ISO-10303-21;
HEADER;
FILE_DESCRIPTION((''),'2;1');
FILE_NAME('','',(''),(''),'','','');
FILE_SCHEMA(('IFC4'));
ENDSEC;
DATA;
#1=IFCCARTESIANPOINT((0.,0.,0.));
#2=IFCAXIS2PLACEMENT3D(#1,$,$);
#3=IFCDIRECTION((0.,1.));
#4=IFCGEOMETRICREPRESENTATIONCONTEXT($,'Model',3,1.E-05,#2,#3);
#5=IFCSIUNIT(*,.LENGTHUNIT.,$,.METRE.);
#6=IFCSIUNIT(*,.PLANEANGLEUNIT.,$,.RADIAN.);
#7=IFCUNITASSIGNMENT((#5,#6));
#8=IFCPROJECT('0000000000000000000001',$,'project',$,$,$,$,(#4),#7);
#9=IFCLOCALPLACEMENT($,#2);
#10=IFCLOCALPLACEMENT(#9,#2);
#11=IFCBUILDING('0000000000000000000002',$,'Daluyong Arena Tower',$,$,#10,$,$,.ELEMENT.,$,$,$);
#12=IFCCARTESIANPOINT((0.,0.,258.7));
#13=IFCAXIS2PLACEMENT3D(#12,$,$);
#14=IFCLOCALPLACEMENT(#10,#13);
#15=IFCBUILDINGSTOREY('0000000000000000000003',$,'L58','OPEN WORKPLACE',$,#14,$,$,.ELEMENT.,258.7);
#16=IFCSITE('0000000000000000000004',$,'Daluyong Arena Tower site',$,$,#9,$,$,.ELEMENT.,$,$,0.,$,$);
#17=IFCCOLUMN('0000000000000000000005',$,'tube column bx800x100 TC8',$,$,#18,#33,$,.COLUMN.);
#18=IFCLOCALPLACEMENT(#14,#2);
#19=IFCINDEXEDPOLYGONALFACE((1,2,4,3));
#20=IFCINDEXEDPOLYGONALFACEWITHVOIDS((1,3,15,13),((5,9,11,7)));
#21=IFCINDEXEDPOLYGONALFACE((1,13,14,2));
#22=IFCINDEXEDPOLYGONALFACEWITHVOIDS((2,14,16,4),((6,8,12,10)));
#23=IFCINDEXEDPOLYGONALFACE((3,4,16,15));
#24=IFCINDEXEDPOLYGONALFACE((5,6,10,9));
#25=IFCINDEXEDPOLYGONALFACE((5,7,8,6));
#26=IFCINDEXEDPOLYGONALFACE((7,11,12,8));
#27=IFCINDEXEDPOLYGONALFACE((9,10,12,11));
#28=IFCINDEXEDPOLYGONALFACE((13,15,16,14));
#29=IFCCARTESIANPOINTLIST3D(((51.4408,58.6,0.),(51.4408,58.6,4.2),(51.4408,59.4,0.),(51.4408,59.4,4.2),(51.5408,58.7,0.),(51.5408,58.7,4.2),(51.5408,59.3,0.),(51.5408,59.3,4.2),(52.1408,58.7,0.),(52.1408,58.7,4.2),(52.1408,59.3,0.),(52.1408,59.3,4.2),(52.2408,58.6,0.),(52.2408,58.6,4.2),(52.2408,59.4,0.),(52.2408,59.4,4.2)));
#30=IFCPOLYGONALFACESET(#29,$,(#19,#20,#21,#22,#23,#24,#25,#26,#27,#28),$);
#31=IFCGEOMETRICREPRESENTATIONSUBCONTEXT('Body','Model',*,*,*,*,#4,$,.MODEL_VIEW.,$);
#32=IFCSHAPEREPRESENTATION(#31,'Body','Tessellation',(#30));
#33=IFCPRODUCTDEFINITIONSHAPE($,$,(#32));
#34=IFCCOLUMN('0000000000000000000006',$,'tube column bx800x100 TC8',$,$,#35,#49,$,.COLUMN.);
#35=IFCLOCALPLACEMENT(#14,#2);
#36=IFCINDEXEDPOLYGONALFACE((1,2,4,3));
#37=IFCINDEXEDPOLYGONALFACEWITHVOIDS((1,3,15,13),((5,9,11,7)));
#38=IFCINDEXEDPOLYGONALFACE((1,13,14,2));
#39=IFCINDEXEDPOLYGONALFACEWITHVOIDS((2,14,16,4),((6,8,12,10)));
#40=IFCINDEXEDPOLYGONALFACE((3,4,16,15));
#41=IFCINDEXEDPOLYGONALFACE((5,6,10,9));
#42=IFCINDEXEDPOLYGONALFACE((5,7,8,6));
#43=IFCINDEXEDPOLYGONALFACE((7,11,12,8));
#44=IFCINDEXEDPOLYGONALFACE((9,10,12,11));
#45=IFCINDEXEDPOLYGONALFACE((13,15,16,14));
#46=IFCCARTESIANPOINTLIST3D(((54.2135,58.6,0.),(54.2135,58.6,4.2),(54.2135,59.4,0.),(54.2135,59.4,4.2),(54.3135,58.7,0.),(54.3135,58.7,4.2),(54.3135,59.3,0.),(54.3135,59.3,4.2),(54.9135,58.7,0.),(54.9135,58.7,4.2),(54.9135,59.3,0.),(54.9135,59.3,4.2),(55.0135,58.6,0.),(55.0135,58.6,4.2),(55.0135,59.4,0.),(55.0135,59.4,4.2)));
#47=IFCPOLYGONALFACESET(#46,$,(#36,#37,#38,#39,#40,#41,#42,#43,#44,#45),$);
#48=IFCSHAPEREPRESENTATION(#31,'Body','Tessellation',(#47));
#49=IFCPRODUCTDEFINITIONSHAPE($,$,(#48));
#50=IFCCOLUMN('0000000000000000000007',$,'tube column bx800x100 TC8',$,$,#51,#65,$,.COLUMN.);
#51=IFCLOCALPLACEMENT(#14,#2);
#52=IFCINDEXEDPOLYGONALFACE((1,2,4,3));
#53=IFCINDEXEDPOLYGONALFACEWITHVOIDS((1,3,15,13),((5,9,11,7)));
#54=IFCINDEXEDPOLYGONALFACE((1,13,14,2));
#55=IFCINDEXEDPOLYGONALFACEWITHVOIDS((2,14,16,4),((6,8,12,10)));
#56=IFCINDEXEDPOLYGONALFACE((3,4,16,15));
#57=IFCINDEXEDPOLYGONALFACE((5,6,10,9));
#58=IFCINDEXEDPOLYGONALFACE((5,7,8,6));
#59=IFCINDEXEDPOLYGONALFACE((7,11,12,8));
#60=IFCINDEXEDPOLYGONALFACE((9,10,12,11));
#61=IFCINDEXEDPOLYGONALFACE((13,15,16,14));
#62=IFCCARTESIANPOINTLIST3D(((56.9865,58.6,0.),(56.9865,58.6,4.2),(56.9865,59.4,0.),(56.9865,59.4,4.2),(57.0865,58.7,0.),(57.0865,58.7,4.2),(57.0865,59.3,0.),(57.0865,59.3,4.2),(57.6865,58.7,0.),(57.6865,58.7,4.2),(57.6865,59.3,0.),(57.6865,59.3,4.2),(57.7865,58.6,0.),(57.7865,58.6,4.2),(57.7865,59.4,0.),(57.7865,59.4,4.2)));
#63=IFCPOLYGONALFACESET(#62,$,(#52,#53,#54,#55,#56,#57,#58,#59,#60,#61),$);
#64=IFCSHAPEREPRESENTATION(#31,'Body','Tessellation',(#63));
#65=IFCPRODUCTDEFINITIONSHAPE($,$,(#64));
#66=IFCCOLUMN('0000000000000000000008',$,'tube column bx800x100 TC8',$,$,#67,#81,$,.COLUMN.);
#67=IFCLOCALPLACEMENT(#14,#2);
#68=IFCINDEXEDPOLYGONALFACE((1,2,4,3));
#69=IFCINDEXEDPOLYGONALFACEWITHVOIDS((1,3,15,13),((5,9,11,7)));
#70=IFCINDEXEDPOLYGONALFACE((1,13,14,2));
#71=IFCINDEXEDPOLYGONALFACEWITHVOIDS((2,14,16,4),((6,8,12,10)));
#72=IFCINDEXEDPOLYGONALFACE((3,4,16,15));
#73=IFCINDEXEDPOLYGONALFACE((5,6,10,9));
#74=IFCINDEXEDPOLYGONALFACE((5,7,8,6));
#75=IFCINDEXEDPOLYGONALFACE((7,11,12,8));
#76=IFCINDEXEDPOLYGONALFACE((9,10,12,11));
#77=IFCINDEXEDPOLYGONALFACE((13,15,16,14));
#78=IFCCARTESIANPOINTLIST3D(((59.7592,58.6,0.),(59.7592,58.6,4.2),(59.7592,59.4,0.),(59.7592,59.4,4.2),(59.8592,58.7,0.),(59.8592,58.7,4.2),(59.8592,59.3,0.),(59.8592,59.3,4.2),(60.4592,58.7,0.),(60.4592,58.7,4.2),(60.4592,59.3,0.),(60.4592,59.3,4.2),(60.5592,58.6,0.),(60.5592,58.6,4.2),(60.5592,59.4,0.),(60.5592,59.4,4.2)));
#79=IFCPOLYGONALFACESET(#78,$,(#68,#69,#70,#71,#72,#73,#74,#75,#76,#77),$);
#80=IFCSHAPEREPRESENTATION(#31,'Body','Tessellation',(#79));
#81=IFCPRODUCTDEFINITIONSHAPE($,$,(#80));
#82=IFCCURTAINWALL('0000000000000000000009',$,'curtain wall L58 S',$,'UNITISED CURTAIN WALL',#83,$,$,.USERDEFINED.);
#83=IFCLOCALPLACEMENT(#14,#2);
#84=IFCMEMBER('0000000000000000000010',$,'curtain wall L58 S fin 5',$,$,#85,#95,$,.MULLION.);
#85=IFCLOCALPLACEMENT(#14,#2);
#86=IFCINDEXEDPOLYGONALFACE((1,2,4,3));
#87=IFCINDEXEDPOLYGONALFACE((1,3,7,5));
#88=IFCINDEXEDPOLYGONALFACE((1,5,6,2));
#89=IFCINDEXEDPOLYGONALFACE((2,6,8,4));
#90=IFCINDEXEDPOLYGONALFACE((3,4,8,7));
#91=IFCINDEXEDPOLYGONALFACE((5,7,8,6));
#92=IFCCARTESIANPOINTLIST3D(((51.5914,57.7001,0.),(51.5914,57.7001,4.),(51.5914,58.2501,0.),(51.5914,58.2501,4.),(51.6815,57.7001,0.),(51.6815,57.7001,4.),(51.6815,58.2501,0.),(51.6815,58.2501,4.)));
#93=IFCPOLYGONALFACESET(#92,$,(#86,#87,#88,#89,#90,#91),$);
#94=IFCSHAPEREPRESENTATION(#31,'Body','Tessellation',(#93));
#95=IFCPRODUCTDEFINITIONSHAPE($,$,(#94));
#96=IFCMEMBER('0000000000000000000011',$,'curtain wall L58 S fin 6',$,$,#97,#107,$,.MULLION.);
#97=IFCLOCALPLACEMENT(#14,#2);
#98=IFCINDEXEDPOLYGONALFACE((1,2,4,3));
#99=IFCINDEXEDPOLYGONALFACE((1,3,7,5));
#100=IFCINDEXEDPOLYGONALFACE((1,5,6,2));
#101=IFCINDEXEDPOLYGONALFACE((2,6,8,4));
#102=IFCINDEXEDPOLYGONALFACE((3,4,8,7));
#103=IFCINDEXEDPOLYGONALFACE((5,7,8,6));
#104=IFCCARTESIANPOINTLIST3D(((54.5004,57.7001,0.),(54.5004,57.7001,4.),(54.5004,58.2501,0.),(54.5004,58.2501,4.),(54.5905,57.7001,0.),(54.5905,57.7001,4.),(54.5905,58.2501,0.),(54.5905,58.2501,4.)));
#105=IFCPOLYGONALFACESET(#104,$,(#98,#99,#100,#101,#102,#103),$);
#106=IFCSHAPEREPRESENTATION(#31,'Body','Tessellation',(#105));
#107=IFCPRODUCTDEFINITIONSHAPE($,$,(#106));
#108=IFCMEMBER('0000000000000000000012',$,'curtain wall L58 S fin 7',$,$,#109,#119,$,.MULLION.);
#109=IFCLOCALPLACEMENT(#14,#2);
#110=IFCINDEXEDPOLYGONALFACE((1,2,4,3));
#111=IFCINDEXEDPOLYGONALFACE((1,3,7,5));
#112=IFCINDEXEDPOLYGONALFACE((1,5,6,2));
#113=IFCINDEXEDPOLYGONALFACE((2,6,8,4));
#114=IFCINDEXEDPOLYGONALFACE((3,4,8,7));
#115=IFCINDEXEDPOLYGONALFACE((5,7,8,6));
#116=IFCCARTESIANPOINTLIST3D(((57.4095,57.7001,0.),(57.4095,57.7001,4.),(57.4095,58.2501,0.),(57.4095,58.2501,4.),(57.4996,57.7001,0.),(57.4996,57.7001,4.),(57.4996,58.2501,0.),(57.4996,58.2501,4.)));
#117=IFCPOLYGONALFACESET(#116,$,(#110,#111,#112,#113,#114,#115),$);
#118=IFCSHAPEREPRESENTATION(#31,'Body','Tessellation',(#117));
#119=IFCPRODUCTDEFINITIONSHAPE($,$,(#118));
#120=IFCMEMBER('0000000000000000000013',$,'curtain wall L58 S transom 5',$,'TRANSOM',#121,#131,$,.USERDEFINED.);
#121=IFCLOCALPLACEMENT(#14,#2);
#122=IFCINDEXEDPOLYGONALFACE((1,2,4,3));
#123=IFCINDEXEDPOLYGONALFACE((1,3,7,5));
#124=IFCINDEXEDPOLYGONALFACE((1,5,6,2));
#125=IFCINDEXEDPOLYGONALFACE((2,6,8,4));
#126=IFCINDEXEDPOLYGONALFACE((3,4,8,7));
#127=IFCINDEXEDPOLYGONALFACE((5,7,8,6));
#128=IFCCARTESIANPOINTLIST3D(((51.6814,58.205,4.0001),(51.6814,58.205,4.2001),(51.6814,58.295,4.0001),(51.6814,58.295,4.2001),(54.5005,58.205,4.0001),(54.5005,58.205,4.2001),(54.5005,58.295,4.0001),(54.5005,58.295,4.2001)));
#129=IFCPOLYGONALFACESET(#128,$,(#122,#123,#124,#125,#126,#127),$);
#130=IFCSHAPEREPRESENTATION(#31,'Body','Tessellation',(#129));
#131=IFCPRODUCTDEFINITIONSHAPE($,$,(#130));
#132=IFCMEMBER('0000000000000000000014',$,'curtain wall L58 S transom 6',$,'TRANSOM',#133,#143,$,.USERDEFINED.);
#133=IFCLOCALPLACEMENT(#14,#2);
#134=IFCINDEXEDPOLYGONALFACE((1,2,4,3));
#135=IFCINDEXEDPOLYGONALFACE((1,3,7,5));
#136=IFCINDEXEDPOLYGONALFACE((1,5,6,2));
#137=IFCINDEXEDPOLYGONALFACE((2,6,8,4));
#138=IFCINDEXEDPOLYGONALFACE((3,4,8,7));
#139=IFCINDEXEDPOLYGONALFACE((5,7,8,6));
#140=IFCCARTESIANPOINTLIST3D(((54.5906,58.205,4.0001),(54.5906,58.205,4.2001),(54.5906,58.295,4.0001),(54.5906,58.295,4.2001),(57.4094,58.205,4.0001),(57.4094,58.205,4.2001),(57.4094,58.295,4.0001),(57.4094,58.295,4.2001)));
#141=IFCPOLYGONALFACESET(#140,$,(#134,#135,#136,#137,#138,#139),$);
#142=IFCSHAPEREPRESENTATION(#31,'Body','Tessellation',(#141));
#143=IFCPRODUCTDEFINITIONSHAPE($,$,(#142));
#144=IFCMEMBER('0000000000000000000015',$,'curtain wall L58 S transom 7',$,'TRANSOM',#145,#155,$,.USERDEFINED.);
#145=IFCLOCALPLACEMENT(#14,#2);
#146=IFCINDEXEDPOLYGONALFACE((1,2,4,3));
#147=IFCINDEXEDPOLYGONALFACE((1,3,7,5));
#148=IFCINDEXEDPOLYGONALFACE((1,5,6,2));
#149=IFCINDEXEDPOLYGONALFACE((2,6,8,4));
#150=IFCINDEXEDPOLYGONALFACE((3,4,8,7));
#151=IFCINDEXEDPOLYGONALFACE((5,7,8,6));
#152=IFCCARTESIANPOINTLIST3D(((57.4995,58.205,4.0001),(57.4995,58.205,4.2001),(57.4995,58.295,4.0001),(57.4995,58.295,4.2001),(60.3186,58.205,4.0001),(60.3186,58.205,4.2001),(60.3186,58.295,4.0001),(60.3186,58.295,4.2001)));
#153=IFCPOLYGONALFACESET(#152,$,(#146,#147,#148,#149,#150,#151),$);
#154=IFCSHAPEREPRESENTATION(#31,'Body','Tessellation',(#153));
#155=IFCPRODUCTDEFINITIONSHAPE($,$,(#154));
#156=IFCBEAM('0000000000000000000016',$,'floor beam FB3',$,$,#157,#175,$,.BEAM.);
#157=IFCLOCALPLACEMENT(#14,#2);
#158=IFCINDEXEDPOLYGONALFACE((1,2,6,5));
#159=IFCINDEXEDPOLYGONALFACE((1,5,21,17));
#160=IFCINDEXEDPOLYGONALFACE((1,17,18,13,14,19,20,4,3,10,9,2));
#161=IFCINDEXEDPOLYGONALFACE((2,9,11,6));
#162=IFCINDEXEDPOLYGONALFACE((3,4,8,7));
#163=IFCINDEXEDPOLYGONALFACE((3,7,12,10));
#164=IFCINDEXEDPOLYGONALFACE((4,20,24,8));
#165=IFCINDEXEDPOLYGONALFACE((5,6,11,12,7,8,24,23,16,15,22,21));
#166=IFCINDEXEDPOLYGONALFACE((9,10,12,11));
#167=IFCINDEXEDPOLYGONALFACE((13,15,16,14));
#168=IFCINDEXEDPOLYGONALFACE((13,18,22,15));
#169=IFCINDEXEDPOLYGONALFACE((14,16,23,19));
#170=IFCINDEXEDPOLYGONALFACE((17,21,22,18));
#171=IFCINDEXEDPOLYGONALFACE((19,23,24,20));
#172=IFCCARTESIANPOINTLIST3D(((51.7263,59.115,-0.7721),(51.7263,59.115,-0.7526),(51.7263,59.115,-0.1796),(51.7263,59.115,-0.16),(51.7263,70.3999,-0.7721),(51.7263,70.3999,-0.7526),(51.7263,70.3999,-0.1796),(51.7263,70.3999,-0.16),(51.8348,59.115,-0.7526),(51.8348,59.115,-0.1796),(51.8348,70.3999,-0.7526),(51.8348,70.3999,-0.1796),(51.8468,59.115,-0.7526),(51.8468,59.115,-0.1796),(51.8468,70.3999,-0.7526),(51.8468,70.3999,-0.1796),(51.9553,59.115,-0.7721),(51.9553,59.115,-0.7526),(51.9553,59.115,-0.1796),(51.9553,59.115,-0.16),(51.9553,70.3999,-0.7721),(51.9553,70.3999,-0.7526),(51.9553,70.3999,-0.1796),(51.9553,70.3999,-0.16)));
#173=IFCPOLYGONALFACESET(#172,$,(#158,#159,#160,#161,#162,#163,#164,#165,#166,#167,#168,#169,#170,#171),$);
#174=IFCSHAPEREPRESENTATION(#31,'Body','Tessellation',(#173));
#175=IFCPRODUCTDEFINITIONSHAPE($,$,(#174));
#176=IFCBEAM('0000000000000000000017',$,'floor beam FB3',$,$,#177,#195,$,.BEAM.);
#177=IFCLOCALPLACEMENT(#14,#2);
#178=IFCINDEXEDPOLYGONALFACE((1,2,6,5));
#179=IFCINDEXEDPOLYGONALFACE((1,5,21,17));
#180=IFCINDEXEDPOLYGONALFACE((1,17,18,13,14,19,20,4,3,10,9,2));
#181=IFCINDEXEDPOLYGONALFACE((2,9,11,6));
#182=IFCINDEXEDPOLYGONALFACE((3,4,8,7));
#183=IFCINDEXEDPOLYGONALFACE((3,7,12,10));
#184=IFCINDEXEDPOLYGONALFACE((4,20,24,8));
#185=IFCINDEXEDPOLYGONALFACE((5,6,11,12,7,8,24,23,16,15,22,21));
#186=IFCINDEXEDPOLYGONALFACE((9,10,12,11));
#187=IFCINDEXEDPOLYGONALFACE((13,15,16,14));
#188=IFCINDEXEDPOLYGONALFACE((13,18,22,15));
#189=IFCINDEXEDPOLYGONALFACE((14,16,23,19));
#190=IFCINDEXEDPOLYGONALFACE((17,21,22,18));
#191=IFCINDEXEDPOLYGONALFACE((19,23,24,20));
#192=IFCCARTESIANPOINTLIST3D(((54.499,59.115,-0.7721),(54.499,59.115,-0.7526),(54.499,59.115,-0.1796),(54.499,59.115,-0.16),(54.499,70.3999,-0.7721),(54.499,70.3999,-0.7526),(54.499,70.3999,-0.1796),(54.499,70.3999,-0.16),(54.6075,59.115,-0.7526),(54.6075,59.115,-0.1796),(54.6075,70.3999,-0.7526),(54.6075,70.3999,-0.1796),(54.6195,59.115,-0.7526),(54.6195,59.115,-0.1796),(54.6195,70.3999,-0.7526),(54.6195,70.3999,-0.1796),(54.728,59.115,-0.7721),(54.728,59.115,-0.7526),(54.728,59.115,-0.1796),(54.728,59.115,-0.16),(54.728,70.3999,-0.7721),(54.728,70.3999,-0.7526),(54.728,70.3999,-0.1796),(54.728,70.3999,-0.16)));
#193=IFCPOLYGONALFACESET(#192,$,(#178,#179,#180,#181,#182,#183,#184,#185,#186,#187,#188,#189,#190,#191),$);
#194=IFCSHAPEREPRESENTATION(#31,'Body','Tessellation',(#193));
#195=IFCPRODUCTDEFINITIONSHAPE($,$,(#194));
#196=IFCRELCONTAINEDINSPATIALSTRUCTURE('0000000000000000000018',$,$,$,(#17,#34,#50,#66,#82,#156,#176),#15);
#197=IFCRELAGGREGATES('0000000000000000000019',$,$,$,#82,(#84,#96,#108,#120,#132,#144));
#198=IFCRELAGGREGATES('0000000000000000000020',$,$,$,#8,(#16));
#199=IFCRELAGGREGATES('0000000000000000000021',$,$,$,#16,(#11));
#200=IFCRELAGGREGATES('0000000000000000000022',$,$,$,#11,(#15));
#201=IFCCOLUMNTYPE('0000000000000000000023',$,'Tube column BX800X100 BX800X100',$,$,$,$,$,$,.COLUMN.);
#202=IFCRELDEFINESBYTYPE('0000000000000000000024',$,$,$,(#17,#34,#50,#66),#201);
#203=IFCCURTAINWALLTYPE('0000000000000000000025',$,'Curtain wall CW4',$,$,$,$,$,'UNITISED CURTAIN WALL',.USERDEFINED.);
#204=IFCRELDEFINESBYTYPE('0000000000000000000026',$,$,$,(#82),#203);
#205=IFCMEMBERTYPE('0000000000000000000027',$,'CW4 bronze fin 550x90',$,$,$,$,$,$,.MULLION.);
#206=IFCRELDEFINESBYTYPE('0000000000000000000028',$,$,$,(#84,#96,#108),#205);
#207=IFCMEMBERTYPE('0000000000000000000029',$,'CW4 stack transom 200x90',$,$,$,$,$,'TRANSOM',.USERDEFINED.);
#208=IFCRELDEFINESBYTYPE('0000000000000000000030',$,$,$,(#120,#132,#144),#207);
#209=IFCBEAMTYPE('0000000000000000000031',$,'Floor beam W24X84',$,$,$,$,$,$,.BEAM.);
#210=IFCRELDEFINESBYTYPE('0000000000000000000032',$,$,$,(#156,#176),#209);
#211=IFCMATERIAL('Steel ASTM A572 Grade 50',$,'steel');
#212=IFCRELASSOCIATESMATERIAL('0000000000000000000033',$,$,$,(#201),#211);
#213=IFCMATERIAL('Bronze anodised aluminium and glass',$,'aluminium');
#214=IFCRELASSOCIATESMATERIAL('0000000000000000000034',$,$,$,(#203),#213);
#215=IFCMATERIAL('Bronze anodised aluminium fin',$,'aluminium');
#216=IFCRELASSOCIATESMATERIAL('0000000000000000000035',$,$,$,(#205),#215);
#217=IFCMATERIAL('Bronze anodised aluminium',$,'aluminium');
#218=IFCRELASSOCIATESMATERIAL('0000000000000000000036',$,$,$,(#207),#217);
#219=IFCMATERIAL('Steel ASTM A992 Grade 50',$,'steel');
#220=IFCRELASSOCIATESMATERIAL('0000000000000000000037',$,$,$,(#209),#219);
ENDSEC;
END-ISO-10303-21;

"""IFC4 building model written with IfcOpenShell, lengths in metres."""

from ifc_helpers import new_model, si_unit, direction, frame, origin, origin_2d, place, context, subcontext, project, spatial, rectangle, hollow_rectangle, i_section, extrude, material, material_profile, profile_set, type_object, element, aggregate, save


model = new_model("IFC4")

# Units and contexts
model_context = context("Model", 3, precision=1e-05, world=origin(), true_north=direction((0.0, 1.0)))
body_context = subcontext(model_context, "Body", "Model", "MODEL_VIEW")
ifc_project = project(units=[si_unit("LENGTHUNIT", "METRE"), si_unit("PLANEANGLEUNIT", "RADIAN")], contexts=[model_context])

# Site, building, storey
site_placement = place(None, origin())
site = spatial("IfcSite", under=ifc_project, at=site_placement, Name="Daluyong Arena Tower site", CompositionType="ELEMENT", RefElevation=0.0)
building_placement = place(site_placement, origin())
building = spatial("IfcBuilding", under=site, at=building_placement, Name="Daluyong Arena Tower", CompositionType="ELEMENT")
storey_placement = place(building_placement, frame((0.0, 0.0, 258.7)))
storey = spatial("IfcBuildingStorey", under=building, at=storey_placement, Name="L58", Description="OPEN WORKPLACE", CompositionType="ELEMENT", Elevation=258.7)

# Columns
ifc_material_1 = material(Name="Steel ASTM A572 Grade 50", Category="steel")
ifc_material_profile_1 = material_profile(ifc_material_1, hollow_rectangle(XDim=0.8, YDim=0.8, WallThickness=0.1, at=origin_2d()))
ifc_profile_set_1 = profile_set([ifc_material_profile_1], Name="Steel ASTM A572 Grade 50")
column_type = type_object("IfcColumnType", Name="Tube column BX800X100 BX800X100", PredefinedType="COLUMN", material=ifc_profile_set_1)
for number, where, z_axis, x_axis, name in (
    (1, (51.8408, 59.0, 0.0), (0.0, 0.0, 1.0), (1.0, 0.0, 0.0), "tube column bx800x100 TC8"),
    (2, (54.6135, 59.0, 0.0), (0.0, 0.0, 1.0), (1.0, 0.0, 0.0), "tube column bx800x100 TC8"),
    (3, (57.3865, 59.0, 0.0), (0.0, 0.0, 1.0), (1.0, 0.0, 0.0), "tube column bx800x100 TC8"),
    (4, (60.1592, 59.0, 0.0), (0.0, 0.0, 1.0), (1.0, 0.0, 0.0), "tube column bx800x100 TC8"),
):
    element("IfcColumn", number, at=place(storey_placement, frame(where, z_axis=z_axis, x_axis=x_axis)), inside=storey, type_object=column_type, Name=name, PredefinedType="COLUMN", context=body_context, shape_type="SweptSolid", body=[
        extrude(hollow_rectangle(XDim=0.8, YDim=0.8, WallThickness=0.1, at=origin_2d()), origin(), (0.0, 0.0, 1.0), 4.2),
    ])

# Curtain wall, members
ifc_material_2 = material(Name="Bronze anodised aluminium and glass", Category="aluminium")
curtain_wall_type = type_object("IfcCurtainWallType", Name="Curtain wall CW4", ElementType="UNITISED CURTAIN WALL", PredefinedType="USERDEFINED", material=ifc_material_2)
curtain_wall_placement = place(storey_placement, origin())
curtain_wall = element("IfcCurtainWall", 5, at=curtain_wall_placement, inside=storey, type_object=curtain_wall_type, Name="curtain wall L58 S", ObjectType="UNITISED CURTAIN WALL", PredefinedType="USERDEFINED")
ifc_material_3 = material(Name="Bronze anodised aluminium fin", Category="aluminium")
ifc_material_profile_2 = material_profile(ifc_material_3, rectangle(XDim=0.55, YDim=0.0901, at=origin_2d()))
ifc_profile_set_2 = profile_set([ifc_material_profile_2], Name="Bronze anodised aluminium fin")
member_type_1 = type_object("IfcMemberType", Name="CW4 bronze fin 550x90", PredefinedType="MULLION", material=ifc_profile_set_2)
member_1_placement = place(storey_placement, frame((51.6365, 57.9751, 0.0), z_axis=(0.0, 0.0, 1.0), x_axis=(0.0, 1.0, 0.0)))
member_1 = element("IfcMember", 6, at=member_1_placement, type_object=member_type_1, Name="curtain wall L58 S fin 5", PredefinedType="MULLION", context=body_context, shape_type="SweptSolid", body=[
    extrude(rectangle(XDim=0.55, YDim=0.0901, at=origin_2d()), origin(), (0.0, 0.0, 1.0), 4.0),
])
member_2_placement = place(storey_placement, frame((54.5454, 57.9751, 0.0), z_axis=(0.0, 0.0, 1.0), x_axis=(0.0, 1.0, 0.0)))
member_2 = element("IfcMember", 7, at=member_2_placement, type_object=member_type_1, Name="curtain wall L58 S fin 6", PredefinedType="MULLION", context=body_context, shape_type="SweptSolid", body=[
    extrude(rectangle(XDim=0.55, YDim=0.0901, at=origin_2d()), origin(), (0.0, 0.0, 1.0), 4.0),
])
member_3_placement = place(storey_placement, frame((57.4546, 57.9751, 0.0), z_axis=(0.0, 0.0, 1.0), x_axis=(0.0, 1.0, 0.0)))
member_3 = element("IfcMember", 8, at=member_3_placement, type_object=member_type_1, Name="curtain wall L58 S fin 7", PredefinedType="MULLION", context=body_context, shape_type="SweptSolid", body=[
    extrude(rectangle(XDim=0.55, YDim=0.0901, at=origin_2d()), origin(), (0.0, 0.0, 1.0), 4.0),
])
ifc_material_4 = material(Name="Bronze anodised aluminium", Category="aluminium")
ifc_material_profile_3 = material_profile(ifc_material_4, rectangle(XDim=0.0901, YDim=0.2, at=origin_2d()))
ifc_profile_set_3 = profile_set([ifc_material_profile_3], Name="Bronze anodised aluminium")
member_type_2 = type_object("IfcMemberType", Name="CW4 stack transom 200x90", ElementType="TRANSOM", PredefinedType="USERDEFINED", material=ifc_profile_set_3)
member_4_placement = place(storey_placement, frame((51.6814, 58.25, 4.1001), z_axis=(1.0, 0.0, 0.0), x_axis=(0.0, 1.0, 0.0)))
member_4 = element("IfcMember", 9, at=member_4_placement, type_object=member_type_2, Name="curtain wall L58 S transom 5", ObjectType="TRANSOM", PredefinedType="USERDEFINED", context=body_context, shape_type="SweptSolid", body=[
    extrude(rectangle(XDim=0.0901, YDim=0.2, at=origin_2d()), origin(), (0.0, 0.0, 1.0), 2.8191),
])
member_5_placement = place(storey_placement, frame((54.5906, 58.25, 4.1001), z_axis=(1.0, 0.0, 0.0), x_axis=(0.0, 1.0, 0.0)))
member_5 = element("IfcMember", 10, at=member_5_placement, type_object=member_type_2, Name="curtain wall L58 S transom 6", ObjectType="TRANSOM", PredefinedType="USERDEFINED", context=body_context, shape_type="SweptSolid", body=[
    extrude(rectangle(XDim=0.0901, YDim=0.2, at=origin_2d()), origin(), (0.0, 0.0, 1.0), 2.8188),
])
member_6_placement = place(storey_placement, frame((57.4995, 58.25, 4.1001), z_axis=(1.0, 0.0, 0.0), x_axis=(0.0, 1.0, 0.0)))
member_6 = element("IfcMember", 11, at=member_6_placement, type_object=member_type_2, Name="curtain wall L58 S transom 7", ObjectType="TRANSOM", PredefinedType="USERDEFINED", context=body_context, shape_type="SweptSolid", body=[
    extrude(rectangle(XDim=0.0901, YDim=0.2, at=origin_2d()), origin(), (0.0, 0.0, 1.0), 2.8191),
])

# Beams
ifc_material_5 = material(Name="Steel ASTM A992 Grade 50", Category="steel")
ifc_material_profile_4 = material_profile(ifc_material_5, i_section(OverallWidth=0.229, OverallDepth=0.6121, WebThickness=0.012, FlangeThickness=0.0195, at=origin_2d()))
ifc_profile_set_4 = profile_set([ifc_material_profile_4], Name="Steel ASTM A992 Grade 50")
beam_type_1 = type_object("IfcBeamType", Name="Floor beam W24X84", PredefinedType="BEAM", material=ifc_profile_set_4)
for number, where, z_axis, x_axis, name in (
    (12, (51.8408, 59.115, -0.4661), (0.0, 1.0, 0.0), (-1.0, 0.0, 0.0), "floor beam FB3"),
    (13, (54.6135, 59.115, -0.4661), (0.0, 1.0, 0.0), (-1.0, 0.0, 0.0), "floor beam FB3"),
):
    element("IfcBeam", number, at=place(storey_placement, frame(where, z_axis=z_axis, x_axis=x_axis)), inside=storey, type_object=beam_type_1, Name=name, PredefinedType="BEAM", context=body_context, shape_type="SweptSolid", body=[
        extrude(i_section(OverallWidth=0.229, OverallDepth=0.6121, WebThickness=0.012, FlangeThickness=0.0195, at=origin_2d()), origin(), (0.0, 0.0, 1.0), 11.2849),
    ])

aggregate(curtain_wall, [member_1, member_2, member_3, member_4, member_5, member_6])

save(model, "model.ifc")
